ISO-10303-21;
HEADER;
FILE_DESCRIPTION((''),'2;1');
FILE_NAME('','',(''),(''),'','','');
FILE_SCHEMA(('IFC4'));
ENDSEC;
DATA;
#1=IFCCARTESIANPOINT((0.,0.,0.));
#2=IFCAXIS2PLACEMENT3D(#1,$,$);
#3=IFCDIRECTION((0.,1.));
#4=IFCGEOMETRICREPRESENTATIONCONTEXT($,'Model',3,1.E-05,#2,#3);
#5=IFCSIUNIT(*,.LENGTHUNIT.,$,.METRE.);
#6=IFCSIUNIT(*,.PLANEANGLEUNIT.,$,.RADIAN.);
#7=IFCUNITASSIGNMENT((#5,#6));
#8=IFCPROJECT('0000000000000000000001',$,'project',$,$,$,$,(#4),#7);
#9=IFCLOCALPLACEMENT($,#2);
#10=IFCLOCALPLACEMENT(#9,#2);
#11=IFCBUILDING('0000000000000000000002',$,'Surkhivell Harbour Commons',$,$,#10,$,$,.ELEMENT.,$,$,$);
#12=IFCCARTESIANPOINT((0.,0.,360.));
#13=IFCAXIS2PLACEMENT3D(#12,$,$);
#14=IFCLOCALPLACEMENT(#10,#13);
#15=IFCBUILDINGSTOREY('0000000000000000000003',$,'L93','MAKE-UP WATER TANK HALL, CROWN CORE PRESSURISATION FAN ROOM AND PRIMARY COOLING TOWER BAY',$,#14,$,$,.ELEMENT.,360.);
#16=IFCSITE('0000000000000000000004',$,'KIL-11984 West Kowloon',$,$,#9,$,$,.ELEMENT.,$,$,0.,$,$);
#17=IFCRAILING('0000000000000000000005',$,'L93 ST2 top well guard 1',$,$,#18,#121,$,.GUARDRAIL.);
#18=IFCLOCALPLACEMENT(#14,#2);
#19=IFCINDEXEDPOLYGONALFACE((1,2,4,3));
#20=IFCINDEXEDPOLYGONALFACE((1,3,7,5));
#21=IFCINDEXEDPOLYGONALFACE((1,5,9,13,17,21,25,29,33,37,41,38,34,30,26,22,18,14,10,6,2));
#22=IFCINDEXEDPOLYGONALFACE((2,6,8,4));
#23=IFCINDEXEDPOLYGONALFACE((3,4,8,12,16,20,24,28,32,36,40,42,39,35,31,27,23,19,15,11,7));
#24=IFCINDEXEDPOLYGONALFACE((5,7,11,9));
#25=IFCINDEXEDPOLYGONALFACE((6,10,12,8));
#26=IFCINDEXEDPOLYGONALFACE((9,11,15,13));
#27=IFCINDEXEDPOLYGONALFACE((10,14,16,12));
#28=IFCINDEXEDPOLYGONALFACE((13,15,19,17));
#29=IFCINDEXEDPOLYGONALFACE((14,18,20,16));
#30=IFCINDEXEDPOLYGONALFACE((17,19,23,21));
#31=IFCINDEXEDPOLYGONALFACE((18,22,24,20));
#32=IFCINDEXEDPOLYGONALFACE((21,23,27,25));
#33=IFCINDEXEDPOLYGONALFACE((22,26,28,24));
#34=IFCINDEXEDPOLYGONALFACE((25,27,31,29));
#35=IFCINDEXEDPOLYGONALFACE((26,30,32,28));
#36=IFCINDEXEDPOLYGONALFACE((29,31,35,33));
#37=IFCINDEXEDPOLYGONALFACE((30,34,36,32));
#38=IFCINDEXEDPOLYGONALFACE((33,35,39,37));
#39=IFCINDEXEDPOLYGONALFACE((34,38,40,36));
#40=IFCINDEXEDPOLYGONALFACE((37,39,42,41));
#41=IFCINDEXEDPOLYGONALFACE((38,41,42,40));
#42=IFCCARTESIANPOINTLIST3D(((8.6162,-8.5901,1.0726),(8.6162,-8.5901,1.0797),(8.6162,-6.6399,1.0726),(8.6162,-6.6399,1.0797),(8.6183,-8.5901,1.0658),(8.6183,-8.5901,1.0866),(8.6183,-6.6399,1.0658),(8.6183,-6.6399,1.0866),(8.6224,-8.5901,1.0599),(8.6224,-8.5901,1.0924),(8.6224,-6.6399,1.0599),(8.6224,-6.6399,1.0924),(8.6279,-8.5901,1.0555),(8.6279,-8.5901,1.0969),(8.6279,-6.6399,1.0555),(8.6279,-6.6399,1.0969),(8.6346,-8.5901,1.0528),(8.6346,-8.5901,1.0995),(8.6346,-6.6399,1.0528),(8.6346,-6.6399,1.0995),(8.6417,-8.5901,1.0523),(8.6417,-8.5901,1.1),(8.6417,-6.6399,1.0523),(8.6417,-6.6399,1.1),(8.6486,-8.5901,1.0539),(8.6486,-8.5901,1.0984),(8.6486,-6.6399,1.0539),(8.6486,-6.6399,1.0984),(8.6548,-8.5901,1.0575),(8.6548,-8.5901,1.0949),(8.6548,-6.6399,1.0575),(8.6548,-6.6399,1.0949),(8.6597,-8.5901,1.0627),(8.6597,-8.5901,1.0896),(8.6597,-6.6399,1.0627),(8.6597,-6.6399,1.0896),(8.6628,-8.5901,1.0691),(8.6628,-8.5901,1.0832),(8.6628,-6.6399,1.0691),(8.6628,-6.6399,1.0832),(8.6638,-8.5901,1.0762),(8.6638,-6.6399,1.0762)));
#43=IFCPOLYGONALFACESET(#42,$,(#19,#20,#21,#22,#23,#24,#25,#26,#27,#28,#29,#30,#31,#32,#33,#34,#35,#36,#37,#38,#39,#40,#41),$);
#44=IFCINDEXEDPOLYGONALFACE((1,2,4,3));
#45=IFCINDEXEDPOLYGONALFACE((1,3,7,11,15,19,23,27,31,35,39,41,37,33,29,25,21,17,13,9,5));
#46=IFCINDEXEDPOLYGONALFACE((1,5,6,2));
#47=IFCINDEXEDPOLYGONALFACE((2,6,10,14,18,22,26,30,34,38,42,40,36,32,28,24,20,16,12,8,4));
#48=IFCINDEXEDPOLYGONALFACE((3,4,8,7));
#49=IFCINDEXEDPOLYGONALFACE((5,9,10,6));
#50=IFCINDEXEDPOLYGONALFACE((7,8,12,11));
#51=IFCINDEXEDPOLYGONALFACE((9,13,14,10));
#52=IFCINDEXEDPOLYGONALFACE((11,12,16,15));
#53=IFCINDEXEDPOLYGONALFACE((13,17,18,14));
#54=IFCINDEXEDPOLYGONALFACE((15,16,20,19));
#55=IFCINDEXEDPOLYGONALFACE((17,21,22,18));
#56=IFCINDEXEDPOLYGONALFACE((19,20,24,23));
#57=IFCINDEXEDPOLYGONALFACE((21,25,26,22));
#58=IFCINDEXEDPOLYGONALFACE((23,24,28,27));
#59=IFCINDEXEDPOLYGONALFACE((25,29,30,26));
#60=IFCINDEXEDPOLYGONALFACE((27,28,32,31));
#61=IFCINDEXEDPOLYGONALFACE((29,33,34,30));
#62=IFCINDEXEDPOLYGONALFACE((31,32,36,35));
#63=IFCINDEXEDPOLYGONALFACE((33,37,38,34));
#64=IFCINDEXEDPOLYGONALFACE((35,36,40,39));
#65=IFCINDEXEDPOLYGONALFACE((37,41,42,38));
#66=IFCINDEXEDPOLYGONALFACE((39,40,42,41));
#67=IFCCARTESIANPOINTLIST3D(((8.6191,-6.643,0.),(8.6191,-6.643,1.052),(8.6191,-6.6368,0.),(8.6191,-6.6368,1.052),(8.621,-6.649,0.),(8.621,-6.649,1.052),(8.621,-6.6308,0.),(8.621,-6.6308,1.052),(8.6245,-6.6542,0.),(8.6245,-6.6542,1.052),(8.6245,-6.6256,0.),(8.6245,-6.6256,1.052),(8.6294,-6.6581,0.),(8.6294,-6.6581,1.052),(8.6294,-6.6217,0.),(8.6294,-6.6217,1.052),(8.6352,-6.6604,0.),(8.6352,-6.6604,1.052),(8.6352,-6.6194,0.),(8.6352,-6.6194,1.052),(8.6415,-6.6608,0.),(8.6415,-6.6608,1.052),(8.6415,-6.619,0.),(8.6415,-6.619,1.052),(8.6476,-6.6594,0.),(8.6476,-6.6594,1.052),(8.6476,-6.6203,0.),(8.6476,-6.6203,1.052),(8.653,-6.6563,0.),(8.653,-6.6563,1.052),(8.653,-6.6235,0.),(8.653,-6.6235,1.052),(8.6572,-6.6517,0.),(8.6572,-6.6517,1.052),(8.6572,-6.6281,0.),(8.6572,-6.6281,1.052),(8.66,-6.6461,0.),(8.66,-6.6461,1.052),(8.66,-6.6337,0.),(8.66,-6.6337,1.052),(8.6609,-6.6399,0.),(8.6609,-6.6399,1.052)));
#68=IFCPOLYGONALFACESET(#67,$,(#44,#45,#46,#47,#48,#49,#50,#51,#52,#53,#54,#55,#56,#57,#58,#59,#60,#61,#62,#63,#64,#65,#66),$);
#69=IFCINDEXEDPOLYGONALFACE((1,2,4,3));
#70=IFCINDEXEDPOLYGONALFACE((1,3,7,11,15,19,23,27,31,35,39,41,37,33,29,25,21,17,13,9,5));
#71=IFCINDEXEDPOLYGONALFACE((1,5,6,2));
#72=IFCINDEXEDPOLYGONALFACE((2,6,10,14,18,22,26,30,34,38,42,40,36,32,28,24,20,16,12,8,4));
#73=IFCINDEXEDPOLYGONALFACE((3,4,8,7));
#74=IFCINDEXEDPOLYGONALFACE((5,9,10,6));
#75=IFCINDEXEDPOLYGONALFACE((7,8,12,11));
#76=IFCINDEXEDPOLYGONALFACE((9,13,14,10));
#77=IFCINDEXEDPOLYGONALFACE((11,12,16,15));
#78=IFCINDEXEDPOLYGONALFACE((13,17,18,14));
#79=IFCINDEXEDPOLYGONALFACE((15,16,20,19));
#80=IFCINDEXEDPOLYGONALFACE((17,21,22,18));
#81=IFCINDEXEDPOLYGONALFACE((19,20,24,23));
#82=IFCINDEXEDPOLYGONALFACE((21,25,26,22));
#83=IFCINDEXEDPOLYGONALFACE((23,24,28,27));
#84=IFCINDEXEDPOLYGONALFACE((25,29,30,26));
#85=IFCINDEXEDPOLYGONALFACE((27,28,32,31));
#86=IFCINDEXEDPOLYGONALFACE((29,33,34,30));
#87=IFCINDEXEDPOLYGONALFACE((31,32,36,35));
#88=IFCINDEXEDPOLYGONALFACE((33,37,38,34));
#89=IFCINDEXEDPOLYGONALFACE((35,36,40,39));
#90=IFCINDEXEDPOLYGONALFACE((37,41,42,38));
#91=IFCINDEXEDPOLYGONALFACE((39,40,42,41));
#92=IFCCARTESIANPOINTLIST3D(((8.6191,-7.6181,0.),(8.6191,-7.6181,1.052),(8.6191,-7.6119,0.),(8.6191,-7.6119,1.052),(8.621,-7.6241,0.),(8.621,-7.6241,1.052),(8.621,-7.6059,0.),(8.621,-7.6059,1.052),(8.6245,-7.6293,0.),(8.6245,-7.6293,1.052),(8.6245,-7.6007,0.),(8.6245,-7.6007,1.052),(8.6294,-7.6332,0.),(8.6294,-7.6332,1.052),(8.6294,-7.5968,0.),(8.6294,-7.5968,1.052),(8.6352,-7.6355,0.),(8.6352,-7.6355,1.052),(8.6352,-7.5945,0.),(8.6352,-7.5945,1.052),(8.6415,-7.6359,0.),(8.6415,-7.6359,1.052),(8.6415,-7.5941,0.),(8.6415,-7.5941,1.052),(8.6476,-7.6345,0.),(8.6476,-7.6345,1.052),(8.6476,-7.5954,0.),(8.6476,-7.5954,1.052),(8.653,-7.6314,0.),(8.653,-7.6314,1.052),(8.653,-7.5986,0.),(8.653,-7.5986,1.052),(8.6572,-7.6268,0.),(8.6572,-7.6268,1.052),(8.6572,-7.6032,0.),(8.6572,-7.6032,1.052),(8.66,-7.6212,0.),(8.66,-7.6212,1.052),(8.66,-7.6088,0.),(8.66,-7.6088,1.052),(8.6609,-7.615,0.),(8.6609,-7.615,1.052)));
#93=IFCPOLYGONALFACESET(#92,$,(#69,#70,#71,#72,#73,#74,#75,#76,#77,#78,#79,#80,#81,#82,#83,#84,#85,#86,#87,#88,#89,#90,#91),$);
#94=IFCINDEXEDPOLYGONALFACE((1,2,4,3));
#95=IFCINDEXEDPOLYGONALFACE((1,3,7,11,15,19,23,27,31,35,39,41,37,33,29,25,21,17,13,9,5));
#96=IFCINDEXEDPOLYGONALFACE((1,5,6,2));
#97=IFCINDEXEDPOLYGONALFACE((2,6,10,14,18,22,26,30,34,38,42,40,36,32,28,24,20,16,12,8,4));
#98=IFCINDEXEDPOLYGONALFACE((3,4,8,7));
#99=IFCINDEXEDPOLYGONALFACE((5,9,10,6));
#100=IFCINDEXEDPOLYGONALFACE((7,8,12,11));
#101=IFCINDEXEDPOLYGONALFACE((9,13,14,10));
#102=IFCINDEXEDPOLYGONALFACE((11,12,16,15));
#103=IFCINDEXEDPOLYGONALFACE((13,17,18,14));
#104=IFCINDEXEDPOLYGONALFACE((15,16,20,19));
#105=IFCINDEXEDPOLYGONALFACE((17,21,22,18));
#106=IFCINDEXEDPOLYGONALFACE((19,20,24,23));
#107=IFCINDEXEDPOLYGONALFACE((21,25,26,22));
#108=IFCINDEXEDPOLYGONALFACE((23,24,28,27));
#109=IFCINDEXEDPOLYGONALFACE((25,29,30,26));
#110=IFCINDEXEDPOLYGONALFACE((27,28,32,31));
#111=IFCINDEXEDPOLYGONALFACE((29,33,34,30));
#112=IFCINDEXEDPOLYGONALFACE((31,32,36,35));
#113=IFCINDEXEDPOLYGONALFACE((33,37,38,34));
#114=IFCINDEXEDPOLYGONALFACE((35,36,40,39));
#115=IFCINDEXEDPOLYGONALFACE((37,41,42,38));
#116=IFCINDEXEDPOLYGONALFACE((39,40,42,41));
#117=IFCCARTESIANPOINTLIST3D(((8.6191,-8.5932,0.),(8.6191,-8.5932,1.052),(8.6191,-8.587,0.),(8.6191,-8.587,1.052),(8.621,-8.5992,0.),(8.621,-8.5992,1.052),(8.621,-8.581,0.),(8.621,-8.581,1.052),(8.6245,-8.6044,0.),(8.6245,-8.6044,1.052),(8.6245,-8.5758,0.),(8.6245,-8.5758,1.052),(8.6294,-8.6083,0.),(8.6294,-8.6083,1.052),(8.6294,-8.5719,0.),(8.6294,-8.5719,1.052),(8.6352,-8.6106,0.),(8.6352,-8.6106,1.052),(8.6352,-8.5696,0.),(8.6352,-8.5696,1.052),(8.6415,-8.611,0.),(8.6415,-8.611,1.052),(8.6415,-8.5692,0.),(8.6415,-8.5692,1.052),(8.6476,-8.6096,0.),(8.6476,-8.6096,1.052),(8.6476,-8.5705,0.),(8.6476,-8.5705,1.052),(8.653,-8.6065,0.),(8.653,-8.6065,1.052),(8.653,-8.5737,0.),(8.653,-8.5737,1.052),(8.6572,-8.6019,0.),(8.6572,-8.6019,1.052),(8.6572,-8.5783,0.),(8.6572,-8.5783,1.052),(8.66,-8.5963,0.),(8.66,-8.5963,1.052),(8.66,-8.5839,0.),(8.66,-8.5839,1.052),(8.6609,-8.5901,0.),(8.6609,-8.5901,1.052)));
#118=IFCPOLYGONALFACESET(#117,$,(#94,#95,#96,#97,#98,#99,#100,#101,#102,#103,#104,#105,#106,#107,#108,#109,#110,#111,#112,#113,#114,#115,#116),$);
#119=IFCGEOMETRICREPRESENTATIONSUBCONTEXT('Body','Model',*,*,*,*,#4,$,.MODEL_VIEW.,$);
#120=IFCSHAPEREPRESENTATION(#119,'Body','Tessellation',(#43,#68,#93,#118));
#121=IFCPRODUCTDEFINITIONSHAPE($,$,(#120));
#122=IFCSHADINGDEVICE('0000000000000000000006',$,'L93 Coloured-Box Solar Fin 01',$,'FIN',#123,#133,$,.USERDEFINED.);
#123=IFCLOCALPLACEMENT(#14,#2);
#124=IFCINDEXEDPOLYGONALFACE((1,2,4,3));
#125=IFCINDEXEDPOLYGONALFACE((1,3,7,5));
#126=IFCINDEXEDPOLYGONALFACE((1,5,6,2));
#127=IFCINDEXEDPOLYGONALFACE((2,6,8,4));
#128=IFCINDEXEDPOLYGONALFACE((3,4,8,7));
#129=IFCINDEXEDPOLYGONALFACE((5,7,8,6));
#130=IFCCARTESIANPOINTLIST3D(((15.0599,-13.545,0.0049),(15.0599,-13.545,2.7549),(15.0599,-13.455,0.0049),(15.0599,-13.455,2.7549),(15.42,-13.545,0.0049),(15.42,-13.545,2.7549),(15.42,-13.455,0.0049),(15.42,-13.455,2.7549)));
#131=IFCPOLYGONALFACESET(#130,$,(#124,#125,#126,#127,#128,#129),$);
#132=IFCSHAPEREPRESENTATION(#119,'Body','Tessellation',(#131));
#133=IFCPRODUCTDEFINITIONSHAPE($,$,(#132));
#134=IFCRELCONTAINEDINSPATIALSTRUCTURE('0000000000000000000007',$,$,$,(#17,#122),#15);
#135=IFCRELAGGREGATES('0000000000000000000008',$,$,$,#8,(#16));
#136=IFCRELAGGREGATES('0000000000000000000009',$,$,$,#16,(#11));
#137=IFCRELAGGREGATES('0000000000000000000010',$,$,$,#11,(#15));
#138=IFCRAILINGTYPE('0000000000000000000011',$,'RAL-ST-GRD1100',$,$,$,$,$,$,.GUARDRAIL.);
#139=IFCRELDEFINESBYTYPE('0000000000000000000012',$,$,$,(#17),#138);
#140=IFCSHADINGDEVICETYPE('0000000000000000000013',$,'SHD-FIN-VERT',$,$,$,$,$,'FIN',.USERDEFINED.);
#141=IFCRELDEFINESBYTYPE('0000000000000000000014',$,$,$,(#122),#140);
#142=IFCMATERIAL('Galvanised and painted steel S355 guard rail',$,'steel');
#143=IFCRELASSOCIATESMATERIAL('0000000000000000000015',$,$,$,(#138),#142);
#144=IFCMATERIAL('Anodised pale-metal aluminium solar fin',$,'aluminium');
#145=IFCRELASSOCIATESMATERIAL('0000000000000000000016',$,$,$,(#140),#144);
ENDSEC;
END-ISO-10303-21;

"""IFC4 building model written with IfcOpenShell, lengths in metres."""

from ifc_helpers import new_model, si_unit, direction, frame, origin, origin_2d, place, context, subcontext, project, spatial, rectangle, circle, extrude, material, type_object, element, save


model = new_model("IFC4")

# Units and contexts
model_context = context("Model", 3, precision=1e-05, world=origin(), true_north=direction((0.0, 1.0)))
body_context = subcontext(model_context, "Body", "Model", "MODEL_VIEW")
ifc_project = project(units=[si_unit("LENGTHUNIT", "METRE"), si_unit("PLANEANGLEUNIT", "RADIAN")], contexts=[model_context])

# Site, building, storey
site_placement = place(None, origin())
site = spatial("IfcSite", under=ifc_project, at=site_placement, Name="KIL-11984 West Kowloon", CompositionType="ELEMENT", RefElevation=0.0)
building_placement = place(site_placement, origin())
building = spatial("IfcBuilding", under=site, at=building_placement, Name="Surkhivell Harbour Commons", CompositionType="ELEMENT")
storey_placement = place(building_placement, frame((0.0, 0.0, 360.0)))
storey = spatial("IfcBuildingStorey", under=building, at=storey_placement, Name="L93", Description="MAKE-UP WATER TANK HALL, CROWN CORE PRESSURISATION FAN ROOM AND PRIMARY COOLING TOWER BAY", CompositionType="ELEMENT", Elevation=360.0)

# Railing
ifc_material_1 = material(Name="Galvanised and painted steel S355 guard rail", Category="steel")
railing_type = type_object("IfcRailingType", Name="RAL-ST-GRD1100", PredefinedType="GUARDRAIL", material=ifc_material_1)
railing_placement = place(storey_placement, frame((8.6399, -6.6399, 0.0)))
element("IfcRailing", 1, at=railing_placement, inside=storey, type_object=railing_type, Name="L93 ST2 top well guard 1", PredefinedType="GUARDRAIL", context=body_context, shape_type="SweptSolid", body=[
    extrude(circle(Radius=0.0239, at=origin_2d()), frame((0.0, 0.0, 1.0762), z_axis=(0.0, -1.0, 0.0), x_axis=(1.0, 0.0, 0.0)), (0.0, 0.0, 1.0), 1.9502),
    extrude(circle(Radius=0.021, at=origin_2d()), origin(), (0.0, 0.0, 1.0), 1.052),
    extrude(circle(Radius=0.021, at=origin_2d()), frame((0.0, -0.9751, 0.0)), (0.0, 0.0, 1.0), 1.052),
    extrude(circle(Radius=0.021, at=origin_2d()), frame((0.0, -1.9502, 0.0)), (0.0, 0.0, 1.0), 1.052),
])

# Shading device
ifc_material_2 = material(Name="Anodised pale-metal aluminium solar fin", Category="aluminium")
shading_device_type = type_object("IfcShadingDeviceType", Name="SHD-FIN-VERT", ElementType="FIN", PredefinedType="USERDEFINED", material=ifc_material_2)
shading_device_placement = place(storey_placement, frame((15.24, -13.5, 0.0049), z_axis=(0.0, 0.0, 1.0), x_axis=(1.0, 0.0, 0.0)))
element("IfcShadingDevice", 2, at=shading_device_placement, inside=storey, type_object=shading_device_type, Name="L93 Coloured-Box Solar Fin 01", ObjectType="FIN", PredefinedType="USERDEFINED", context=body_context, shape_type="SweptSolid", body=[
    extrude(rectangle(XDim=0.3601, YDim=0.0901, at=origin_2d()), origin(), (0.0, 0.0, 1.0), 2.75),
])

save(model, "model.ifc")
